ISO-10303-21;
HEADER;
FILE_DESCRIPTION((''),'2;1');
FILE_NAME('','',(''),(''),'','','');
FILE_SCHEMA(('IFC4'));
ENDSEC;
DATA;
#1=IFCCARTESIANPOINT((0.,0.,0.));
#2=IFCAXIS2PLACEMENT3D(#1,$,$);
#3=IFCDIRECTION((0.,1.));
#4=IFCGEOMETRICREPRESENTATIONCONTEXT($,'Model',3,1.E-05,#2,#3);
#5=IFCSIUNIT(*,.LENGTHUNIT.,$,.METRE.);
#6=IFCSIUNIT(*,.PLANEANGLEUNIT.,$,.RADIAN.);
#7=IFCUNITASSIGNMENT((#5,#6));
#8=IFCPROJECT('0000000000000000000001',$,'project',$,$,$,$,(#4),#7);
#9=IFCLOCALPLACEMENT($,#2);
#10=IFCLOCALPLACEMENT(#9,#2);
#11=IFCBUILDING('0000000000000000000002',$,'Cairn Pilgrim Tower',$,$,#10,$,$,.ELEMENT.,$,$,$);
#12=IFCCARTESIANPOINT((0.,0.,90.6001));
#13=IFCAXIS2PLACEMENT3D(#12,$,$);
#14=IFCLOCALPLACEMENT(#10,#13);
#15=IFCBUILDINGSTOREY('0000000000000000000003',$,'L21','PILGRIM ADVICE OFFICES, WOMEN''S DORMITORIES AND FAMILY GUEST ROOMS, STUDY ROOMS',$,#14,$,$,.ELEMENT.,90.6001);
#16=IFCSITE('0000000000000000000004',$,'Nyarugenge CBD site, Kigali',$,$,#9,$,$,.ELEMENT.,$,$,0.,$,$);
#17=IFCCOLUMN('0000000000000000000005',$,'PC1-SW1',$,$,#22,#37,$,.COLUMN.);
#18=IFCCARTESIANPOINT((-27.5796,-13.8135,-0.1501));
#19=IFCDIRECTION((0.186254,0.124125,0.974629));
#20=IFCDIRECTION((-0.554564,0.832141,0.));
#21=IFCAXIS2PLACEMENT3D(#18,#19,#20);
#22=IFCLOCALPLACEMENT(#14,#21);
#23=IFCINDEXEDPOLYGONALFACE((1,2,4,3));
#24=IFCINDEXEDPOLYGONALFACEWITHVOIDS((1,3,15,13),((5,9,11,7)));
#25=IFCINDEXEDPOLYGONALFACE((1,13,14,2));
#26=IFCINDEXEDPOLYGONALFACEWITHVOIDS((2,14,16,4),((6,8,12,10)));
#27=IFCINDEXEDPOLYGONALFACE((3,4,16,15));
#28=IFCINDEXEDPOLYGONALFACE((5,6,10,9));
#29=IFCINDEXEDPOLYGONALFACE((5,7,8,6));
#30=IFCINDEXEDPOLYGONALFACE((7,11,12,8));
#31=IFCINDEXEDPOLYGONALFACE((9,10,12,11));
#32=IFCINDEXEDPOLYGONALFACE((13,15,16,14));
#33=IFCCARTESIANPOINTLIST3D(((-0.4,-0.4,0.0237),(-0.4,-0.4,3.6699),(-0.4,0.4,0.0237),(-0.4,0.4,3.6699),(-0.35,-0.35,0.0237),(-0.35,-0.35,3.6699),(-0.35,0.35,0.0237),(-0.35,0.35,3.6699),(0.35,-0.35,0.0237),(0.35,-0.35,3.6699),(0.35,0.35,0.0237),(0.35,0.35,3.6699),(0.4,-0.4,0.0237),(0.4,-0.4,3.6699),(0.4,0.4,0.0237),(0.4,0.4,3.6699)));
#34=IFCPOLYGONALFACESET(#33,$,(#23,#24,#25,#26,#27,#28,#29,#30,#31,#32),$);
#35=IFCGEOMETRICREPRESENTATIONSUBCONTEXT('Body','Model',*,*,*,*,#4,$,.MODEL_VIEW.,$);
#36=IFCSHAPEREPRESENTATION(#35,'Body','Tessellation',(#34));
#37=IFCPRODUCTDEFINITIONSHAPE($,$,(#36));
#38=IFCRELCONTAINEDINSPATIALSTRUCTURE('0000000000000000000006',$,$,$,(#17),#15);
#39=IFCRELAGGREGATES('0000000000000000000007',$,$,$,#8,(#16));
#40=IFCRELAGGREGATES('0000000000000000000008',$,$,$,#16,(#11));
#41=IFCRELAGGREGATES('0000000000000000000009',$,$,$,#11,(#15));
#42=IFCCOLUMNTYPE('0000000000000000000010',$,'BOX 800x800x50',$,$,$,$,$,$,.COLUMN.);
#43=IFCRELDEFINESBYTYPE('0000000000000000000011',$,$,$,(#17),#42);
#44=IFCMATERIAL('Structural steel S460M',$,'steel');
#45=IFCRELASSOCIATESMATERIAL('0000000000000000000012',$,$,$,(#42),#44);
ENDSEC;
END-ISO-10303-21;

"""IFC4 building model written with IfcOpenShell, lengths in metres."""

from ifc_helpers import new_model, si_unit, direction, frame, origin, origin_2d, place, context, subcontext, project, spatial, hollow_rectangle, extrude, clip, halfspace, material, material_profile, profile_set, type_object, element, save


model = new_model("IFC4")

# Units and contexts
model_context = context("Model", 3, precision=1e-05, world=origin(), true_north=direction((0.0, 1.0)))
body_context = subcontext(model_context, "Body", "Model", "MODEL_VIEW")
ifc_project = project(units=[si_unit("LENGTHUNIT", "METRE"), si_unit("PLANEANGLEUNIT", "RADIAN")], contexts=[model_context])

# Site, building, storey
site_placement = place(None, origin())
site = spatial("IfcSite", under=ifc_project, at=site_placement, Name="Nyarugenge CBD site, Kigali", CompositionType="ELEMENT", RefElevation=0.0)
building_placement = place(site_placement, origin())
building = spatial("IfcBuilding", under=site, at=building_placement, Name="Cairn Pilgrim Tower", CompositionType="ELEMENT")
storey_placement = place(building_placement, frame((0.0, 0.0, 90.6001)))
storey = spatial("IfcBuildingStorey", under=building, at=storey_placement, Name="L21", Description="PILGRIM ADVICE OFFICES, WOMEN'S DORMITORIES AND FAMILY GUEST ROOMS, STUDY ROOMS", CompositionType="ELEMENT", Elevation=90.6001)

# Column
ifc_material_1 = material(Name="Structural steel S460M", Category="steel")
ifc_material_profile_1 = material_profile(ifc_material_1, hollow_rectangle(XDim=0.8, YDim=0.8, WallThickness=0.05, at=origin_2d()), Name="BOX 800x800x50")
ifc_profile_set_1 = profile_set([ifc_material_profile_1], Name="Structural steel S460M")
column_type = type_object("IfcColumnType", Name="BOX 800x800x50", PredefinedType="COLUMN", material=ifc_profile_set_1)
column_placement = place(storey_placement, frame((-27.5796, -13.8135, -0.1501), z_axis=(0.186254, 0.124125, 0.974629), x_axis=(-0.554564, 0.832141, 0.0)))
element("IfcColumn", 1, at=column_placement, inside=storey, type_object=column_type, Name="PC1-SW1", PredefinedType="COLUMN", context=body_context, shape_type="Clipping", body=[
    clip(clip(extrude(hollow_rectangle(XDim=0.8, YDim=0.8, WallThickness=0.05, at=origin_2d()), origin(), (0.0, 0.0, 1.0), 3.6938), halfspace(frame((0.0, 0.0, 0.0237), z_axis=(0.0, 0.0, 1.0), x_axis=(1.0, 0.0, 0.0)), True)), halfspace(frame((0.0, 0.0, 3.6699), z_axis=(0.0, 0.0, 1.0), x_axis=(1.0, 0.0, 0.0)), False)),
])

save(model, "model.ifc")
